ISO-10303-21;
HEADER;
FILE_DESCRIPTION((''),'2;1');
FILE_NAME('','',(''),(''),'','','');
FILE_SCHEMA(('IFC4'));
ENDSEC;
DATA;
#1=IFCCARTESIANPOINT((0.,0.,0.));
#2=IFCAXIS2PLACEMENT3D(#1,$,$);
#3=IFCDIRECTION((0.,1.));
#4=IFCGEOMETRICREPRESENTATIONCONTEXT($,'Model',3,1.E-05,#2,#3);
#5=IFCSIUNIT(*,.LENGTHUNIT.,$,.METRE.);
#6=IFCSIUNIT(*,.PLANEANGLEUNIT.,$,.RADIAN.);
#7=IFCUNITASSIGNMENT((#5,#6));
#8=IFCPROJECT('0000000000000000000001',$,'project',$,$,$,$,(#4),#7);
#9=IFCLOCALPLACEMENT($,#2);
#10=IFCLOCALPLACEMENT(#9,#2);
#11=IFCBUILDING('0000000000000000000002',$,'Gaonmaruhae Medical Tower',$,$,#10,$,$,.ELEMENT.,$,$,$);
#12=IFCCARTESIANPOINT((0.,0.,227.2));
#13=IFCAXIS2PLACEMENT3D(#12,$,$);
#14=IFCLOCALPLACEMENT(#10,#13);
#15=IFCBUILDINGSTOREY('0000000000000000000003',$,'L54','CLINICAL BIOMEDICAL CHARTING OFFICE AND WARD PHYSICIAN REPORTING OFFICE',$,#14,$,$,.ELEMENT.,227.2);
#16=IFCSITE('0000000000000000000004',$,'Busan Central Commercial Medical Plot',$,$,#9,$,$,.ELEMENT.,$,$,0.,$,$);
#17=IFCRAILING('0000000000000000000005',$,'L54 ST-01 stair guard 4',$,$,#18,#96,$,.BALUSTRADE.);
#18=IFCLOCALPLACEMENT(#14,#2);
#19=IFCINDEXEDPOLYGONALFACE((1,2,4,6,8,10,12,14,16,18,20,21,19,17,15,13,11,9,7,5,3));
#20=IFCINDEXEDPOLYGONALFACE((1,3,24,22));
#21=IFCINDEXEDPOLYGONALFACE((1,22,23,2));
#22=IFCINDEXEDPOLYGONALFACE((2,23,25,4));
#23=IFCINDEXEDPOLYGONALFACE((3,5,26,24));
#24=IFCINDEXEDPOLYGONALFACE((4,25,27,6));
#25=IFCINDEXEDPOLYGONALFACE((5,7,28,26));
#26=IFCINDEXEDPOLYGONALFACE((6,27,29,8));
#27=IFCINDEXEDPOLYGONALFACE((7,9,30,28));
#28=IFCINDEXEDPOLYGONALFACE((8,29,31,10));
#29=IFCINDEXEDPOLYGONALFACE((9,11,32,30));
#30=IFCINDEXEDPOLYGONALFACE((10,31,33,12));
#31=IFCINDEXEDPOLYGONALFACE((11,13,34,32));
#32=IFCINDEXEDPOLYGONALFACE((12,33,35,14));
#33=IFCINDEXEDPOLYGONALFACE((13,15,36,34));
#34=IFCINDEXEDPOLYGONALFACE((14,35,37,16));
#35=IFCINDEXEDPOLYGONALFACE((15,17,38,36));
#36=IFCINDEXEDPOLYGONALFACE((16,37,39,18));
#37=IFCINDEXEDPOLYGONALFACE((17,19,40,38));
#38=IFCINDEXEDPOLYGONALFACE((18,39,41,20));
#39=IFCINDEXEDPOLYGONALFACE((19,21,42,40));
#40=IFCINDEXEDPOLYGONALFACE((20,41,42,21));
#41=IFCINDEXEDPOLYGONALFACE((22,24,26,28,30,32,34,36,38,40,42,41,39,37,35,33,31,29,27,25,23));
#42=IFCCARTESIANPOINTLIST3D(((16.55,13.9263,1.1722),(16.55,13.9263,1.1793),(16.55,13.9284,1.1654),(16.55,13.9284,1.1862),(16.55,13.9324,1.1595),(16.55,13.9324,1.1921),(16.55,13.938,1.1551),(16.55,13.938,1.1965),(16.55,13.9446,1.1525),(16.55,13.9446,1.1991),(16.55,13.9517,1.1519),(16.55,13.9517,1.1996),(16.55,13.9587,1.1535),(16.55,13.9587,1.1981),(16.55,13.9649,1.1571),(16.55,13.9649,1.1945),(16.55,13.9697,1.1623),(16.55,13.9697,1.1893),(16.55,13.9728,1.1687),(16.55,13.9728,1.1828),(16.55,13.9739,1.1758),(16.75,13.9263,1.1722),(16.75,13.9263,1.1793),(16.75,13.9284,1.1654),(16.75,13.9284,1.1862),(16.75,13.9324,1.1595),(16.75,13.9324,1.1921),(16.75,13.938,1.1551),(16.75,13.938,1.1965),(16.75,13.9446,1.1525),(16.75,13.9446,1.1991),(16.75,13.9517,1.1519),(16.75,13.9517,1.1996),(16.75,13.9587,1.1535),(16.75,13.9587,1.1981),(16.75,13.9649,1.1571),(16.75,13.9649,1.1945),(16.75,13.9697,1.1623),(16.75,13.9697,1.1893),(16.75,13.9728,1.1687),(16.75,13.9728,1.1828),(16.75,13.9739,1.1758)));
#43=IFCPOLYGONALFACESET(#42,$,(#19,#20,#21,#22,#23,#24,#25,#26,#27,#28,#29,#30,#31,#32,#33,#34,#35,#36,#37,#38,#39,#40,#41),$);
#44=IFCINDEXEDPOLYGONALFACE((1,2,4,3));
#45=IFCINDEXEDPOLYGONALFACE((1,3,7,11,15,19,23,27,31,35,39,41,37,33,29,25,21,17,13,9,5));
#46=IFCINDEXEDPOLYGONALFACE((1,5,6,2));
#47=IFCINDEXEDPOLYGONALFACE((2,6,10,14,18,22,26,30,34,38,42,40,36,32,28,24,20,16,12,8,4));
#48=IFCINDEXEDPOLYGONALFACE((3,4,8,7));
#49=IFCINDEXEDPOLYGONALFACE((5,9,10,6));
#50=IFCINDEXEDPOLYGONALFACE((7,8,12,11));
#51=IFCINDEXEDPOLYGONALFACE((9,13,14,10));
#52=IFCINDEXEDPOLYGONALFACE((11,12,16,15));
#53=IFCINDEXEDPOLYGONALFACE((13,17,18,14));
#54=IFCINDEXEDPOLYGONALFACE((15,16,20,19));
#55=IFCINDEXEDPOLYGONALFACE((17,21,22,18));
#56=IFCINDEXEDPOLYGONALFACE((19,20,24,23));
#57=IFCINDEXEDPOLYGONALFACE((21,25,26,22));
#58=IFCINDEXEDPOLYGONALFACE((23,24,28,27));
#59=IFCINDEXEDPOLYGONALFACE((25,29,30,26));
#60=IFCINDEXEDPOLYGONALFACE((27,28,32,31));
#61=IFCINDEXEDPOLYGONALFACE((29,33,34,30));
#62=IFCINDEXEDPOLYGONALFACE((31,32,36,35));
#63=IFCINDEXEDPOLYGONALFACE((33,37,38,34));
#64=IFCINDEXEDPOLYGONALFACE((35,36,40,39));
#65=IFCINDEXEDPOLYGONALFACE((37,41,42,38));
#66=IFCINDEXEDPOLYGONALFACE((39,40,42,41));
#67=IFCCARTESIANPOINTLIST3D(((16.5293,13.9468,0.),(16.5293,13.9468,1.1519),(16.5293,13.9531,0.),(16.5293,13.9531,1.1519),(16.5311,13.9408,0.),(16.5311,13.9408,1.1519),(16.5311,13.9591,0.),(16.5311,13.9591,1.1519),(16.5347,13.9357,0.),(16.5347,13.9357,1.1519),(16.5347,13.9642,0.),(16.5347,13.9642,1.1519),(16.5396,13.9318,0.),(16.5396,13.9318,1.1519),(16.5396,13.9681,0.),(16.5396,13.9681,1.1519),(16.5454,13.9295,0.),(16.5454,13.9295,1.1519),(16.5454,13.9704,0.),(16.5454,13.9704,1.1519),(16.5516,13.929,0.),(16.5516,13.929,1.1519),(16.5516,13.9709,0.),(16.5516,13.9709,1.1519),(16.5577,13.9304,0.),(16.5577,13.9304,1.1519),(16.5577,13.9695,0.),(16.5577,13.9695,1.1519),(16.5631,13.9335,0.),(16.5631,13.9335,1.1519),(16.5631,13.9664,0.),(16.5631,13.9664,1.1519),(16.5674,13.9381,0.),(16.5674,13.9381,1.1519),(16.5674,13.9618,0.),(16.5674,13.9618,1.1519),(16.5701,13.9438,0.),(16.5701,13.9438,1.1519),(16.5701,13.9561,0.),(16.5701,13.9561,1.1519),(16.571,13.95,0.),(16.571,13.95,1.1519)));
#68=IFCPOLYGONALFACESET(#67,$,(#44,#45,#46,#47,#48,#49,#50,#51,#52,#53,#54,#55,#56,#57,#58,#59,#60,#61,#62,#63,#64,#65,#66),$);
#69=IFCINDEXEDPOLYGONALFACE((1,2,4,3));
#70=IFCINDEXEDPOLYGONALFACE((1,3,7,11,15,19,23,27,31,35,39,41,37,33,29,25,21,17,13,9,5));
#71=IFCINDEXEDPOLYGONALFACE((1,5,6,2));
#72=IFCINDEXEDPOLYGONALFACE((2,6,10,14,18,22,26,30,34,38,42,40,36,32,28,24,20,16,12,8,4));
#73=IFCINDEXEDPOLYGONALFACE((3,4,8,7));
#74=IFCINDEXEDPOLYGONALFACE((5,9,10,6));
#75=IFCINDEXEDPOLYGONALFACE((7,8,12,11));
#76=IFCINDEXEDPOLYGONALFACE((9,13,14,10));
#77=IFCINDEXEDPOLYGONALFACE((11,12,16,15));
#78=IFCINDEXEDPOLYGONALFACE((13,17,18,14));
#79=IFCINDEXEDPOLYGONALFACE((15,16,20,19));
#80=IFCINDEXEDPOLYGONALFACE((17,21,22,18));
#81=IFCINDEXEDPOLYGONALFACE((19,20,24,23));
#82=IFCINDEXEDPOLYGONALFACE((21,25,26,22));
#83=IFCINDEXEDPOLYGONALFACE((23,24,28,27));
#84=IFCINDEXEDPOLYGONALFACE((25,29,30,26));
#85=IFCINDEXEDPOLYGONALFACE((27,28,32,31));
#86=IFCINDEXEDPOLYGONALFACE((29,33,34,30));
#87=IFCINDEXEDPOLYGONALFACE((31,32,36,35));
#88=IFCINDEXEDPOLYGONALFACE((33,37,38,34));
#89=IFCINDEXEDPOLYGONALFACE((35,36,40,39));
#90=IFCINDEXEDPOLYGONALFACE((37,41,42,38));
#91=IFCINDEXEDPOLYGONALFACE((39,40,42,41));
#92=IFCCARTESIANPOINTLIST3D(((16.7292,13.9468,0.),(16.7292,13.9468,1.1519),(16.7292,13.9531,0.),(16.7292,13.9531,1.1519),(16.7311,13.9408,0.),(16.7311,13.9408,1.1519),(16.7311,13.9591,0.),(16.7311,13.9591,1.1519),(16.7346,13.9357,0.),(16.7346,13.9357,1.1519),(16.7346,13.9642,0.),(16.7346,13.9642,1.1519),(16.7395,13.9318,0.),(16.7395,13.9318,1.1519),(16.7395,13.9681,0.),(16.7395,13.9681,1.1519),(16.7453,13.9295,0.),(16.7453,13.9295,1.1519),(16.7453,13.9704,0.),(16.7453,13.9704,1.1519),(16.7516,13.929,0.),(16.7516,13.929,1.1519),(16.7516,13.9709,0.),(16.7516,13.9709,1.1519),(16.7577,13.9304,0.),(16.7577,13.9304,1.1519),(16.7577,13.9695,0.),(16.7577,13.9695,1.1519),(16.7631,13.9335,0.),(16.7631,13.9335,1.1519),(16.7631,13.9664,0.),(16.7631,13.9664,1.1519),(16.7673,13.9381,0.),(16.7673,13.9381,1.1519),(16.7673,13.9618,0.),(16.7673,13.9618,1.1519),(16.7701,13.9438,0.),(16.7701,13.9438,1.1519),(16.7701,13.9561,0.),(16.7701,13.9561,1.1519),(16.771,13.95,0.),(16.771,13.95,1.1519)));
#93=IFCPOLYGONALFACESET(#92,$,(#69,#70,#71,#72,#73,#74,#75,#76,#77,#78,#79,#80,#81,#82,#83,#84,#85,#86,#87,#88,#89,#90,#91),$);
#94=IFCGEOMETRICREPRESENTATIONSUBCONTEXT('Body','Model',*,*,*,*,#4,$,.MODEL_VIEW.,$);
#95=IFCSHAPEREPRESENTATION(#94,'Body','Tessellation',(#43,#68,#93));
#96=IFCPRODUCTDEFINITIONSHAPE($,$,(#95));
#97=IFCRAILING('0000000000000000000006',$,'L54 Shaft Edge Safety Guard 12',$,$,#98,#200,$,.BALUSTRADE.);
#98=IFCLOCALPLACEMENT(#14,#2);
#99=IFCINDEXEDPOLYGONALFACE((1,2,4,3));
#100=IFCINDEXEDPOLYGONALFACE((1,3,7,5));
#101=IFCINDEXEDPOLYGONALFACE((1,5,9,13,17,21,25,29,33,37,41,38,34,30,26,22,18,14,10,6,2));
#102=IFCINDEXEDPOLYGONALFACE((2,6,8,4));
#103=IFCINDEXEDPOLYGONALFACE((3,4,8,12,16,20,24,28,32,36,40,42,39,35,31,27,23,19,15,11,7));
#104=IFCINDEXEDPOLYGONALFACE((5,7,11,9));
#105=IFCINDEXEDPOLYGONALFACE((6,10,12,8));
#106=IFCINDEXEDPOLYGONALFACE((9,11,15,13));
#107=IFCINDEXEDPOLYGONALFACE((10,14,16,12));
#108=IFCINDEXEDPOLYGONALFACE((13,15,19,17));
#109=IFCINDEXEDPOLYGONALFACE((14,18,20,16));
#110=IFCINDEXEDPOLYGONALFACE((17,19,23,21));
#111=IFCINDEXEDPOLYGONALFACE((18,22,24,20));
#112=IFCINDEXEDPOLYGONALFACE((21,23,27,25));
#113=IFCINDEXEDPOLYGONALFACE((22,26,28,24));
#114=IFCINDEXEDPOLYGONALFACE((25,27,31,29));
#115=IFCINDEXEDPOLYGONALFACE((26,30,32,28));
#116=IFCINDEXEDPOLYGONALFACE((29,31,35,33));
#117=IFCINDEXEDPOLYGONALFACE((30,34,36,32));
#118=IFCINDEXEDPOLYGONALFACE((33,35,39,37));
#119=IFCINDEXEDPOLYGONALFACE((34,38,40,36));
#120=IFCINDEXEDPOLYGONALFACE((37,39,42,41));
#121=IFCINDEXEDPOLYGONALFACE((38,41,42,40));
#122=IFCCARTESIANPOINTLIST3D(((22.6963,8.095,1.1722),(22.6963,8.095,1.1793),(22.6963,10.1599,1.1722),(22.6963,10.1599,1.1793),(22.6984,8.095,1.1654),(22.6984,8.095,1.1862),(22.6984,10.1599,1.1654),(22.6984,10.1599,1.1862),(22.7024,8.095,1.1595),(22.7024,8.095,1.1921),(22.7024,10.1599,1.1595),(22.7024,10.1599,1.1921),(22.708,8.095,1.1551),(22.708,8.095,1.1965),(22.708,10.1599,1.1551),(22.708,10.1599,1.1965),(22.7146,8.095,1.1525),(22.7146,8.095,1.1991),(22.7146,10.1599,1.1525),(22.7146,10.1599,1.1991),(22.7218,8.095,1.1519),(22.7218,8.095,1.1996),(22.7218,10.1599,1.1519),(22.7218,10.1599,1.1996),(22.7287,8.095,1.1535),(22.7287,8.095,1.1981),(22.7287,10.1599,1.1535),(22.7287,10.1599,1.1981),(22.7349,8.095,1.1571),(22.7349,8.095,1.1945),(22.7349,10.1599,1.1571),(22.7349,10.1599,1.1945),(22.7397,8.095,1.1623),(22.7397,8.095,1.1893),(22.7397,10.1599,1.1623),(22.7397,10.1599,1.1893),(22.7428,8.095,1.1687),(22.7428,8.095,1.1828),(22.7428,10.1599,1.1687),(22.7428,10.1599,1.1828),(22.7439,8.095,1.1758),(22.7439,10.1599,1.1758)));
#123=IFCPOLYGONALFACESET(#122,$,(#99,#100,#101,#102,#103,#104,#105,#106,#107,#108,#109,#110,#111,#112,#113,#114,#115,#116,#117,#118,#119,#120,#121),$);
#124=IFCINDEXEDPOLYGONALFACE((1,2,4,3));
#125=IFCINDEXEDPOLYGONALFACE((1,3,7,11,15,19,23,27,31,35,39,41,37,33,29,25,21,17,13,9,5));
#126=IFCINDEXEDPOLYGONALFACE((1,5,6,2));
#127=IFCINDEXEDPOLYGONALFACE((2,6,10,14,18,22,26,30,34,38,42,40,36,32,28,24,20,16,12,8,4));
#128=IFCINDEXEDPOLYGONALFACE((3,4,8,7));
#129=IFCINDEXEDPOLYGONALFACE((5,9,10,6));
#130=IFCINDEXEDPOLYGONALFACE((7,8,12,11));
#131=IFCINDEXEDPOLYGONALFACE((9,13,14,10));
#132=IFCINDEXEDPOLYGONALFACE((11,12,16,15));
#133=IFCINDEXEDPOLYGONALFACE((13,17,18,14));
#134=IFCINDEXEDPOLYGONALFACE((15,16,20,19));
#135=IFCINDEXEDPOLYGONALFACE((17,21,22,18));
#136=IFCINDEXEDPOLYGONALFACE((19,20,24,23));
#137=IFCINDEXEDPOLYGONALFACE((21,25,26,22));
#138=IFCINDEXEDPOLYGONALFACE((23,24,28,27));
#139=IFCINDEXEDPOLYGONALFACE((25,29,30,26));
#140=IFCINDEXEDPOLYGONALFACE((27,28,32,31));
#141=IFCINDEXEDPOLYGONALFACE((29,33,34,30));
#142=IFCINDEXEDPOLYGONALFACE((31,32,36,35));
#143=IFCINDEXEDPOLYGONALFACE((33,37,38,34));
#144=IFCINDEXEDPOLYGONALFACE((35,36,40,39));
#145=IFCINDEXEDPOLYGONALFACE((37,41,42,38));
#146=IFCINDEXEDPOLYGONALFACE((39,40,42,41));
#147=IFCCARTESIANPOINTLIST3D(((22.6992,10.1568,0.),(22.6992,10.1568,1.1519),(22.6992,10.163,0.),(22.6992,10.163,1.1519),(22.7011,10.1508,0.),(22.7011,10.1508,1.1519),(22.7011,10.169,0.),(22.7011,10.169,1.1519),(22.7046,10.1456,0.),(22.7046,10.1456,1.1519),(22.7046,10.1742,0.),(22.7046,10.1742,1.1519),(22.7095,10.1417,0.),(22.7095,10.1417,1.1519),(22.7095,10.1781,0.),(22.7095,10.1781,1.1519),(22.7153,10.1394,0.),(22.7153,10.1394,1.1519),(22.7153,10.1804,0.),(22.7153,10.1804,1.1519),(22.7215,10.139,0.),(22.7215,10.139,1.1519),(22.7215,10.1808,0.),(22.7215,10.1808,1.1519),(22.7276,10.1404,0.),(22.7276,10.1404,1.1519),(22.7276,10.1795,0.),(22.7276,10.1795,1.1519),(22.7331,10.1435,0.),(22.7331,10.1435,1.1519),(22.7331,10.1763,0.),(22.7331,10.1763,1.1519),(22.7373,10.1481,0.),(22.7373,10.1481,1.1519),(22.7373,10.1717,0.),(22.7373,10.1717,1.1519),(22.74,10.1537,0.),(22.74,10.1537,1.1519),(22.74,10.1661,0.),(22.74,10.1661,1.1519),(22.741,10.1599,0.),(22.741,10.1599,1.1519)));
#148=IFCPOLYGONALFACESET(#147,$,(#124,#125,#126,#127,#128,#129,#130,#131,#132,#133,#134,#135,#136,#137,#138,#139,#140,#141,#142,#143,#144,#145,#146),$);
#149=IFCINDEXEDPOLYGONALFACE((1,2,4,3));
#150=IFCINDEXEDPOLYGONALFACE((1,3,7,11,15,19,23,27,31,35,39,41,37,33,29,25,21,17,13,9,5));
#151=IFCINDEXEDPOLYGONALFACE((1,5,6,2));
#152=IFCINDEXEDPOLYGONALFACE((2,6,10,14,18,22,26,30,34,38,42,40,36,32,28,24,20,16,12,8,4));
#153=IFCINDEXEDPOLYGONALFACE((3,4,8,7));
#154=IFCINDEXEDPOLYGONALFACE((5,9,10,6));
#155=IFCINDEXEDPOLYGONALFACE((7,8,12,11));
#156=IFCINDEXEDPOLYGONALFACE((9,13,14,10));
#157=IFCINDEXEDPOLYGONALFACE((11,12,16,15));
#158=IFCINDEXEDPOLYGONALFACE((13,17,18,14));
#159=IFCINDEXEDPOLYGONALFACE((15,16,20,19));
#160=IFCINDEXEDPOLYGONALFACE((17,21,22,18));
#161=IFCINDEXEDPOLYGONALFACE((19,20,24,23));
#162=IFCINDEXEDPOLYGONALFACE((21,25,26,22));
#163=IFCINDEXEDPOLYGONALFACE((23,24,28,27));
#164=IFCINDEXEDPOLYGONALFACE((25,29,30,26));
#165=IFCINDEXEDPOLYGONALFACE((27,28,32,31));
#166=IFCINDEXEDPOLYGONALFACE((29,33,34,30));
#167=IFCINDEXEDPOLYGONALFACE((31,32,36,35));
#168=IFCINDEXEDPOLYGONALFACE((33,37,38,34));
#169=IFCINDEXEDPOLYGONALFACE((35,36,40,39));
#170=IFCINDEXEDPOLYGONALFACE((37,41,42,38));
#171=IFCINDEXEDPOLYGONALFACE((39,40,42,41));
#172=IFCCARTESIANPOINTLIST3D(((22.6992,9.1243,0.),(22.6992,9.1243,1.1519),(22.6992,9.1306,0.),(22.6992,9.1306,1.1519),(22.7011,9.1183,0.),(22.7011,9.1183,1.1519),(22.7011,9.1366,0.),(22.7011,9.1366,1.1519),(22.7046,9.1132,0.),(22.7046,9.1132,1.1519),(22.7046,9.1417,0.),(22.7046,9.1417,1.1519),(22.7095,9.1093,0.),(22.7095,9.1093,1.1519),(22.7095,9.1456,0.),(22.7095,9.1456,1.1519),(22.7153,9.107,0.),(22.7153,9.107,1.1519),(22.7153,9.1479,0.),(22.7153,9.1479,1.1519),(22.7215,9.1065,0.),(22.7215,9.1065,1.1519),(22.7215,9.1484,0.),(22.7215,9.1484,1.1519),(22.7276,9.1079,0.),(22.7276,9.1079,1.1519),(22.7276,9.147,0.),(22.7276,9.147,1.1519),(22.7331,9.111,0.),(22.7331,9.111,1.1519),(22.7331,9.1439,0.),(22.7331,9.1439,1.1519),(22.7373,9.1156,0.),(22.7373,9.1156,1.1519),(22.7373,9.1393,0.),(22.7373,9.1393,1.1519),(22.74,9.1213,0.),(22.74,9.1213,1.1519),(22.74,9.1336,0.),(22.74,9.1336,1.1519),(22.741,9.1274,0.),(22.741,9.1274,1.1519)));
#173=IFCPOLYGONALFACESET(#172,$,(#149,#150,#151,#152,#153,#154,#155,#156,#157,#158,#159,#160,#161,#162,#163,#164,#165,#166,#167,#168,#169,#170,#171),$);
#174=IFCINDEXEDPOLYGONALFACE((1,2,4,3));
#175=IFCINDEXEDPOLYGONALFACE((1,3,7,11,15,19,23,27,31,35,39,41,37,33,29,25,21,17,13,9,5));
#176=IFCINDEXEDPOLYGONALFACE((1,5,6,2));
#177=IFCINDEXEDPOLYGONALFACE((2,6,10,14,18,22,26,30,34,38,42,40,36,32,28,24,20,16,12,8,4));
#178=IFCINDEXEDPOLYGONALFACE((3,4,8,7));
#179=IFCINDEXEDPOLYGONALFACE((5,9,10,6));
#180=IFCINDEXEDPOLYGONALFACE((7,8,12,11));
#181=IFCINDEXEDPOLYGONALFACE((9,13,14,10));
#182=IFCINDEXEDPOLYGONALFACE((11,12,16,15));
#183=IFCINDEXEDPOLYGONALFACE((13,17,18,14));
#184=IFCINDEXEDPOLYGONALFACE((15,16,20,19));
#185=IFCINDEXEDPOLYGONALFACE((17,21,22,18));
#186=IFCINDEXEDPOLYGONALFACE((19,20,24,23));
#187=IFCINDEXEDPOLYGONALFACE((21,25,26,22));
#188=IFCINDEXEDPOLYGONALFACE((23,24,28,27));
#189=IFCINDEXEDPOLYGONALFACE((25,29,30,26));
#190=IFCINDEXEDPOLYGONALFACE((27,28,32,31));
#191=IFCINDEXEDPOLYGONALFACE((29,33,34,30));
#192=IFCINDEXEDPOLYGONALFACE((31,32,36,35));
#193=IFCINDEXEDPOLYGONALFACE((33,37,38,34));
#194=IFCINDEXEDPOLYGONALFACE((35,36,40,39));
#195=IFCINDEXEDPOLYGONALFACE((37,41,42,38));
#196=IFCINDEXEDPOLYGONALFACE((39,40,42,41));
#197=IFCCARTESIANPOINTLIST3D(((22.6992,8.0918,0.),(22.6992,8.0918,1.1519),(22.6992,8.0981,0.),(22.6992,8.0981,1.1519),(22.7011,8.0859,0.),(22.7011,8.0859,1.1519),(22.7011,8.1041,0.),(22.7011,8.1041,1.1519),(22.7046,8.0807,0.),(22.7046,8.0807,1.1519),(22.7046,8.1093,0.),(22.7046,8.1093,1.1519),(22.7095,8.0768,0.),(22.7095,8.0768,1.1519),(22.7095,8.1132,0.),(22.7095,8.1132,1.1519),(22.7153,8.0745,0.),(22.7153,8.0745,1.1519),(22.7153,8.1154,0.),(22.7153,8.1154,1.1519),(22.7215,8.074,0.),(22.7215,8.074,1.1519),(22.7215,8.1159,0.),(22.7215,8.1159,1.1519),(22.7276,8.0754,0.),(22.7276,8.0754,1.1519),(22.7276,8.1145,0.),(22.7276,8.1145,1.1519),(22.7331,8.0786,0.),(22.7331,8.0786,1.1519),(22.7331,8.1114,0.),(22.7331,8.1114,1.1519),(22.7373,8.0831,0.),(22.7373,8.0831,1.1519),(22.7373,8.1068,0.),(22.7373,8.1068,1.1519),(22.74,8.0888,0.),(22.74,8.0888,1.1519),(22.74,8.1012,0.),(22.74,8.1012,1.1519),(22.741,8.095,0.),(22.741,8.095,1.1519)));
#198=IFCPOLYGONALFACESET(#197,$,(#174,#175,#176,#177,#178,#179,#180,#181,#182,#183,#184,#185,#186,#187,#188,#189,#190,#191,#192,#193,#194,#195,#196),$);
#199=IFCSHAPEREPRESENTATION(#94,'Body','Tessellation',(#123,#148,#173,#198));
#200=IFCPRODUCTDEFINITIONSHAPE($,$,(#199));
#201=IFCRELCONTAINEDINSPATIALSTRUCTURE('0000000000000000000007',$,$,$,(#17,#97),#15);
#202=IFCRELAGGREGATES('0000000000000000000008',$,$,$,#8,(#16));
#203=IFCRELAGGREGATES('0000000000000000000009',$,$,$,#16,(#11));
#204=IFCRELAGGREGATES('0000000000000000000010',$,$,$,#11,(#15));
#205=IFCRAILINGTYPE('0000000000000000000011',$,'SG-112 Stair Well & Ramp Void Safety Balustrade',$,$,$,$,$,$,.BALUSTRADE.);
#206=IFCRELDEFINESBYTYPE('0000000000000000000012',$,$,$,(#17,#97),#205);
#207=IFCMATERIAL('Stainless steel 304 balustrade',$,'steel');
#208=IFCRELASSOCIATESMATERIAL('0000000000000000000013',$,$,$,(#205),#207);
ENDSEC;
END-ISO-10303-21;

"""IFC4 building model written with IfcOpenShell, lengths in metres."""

from ifc_helpers import new_model, si_unit, direction, frame, origin, origin_2d, place, context, subcontext, project, spatial, circle, extrude, material, type_object, element, save


model = new_model("IFC4")

# Units and contexts
model_context = context("Model", 3, precision=1e-05, world=origin(), true_north=direction((0.0, 1.0)))
body_context = subcontext(model_context, "Body", "Model", "MODEL_VIEW")
ifc_project = project(units=[si_unit("LENGTHUNIT", "METRE"), si_unit("PLANEANGLEUNIT", "RADIAN")], contexts=[model_context])

# Site, building, storey
site_placement = place(None, origin())
site = spatial("IfcSite", under=ifc_project, at=site_placement, Name="Busan Central Commercial Medical Plot", CompositionType="ELEMENT", RefElevation=0.0)
building_placement = place(site_placement, origin())
building = spatial("IfcBuilding", under=site, at=building_placement, Name="Gaonmaruhae Medical Tower", CompositionType="ELEMENT")
storey_placement = place(building_placement, frame((0.0, 0.0, 227.2)))
storey = spatial("IfcBuildingStorey", under=building, at=storey_placement, Name="L54", Description="CLINICAL BIOMEDICAL CHARTING OFFICE AND WARD PHYSICIAN REPORTING OFFICE", CompositionType="ELEMENT", Elevation=227.2)

# Railings
ifc_material_1 = material(Name="Stainless steel 304 balustrade", Category="steel")
railing_type_1 = type_object("IfcRailingType", Name="SG-112 Stair Well & Ramp Void Safety Balustrade", PredefinedType="BALUSTRADE", material=ifc_material_1)
railing_1_placement = place(storey_placement, frame((16.55, 13.95, 0.0)))
element("IfcRailing", 1, at=railing_1_placement, inside=storey, type_object=railing_type_1, Name="L54 ST-01 stair guard 4", PredefinedType="BALUSTRADE", context=body_context, shape_type="SweptSolid", body=[
    extrude(circle(Radius=0.0239, at=origin_2d()), frame((0.0, 0.0, 1.1758), z_axis=(1.0, 0.0, 0.0), x_axis=(0.0, 1.0, 0.0)), (0.0, 0.0, 1.0), 0.2),
    extrude(circle(Radius=0.021, at=origin_2d()), origin(), (0.0, 0.0, 1.0), 1.1519),
    extrude(circle(Radius=0.021, at=origin_2d()), frame((0.2, 0.0, 0.0)), (0.0, 0.0, 1.0), 1.1519),
])
railing_2_placement = place(storey_placement, frame((22.72, 10.1599, 0.0)))
element("IfcRailing", 2, at=railing_2_placement, inside=storey, type_object=railing_type_1, Name="L54 Shaft Edge Safety Guard 12", PredefinedType="BALUSTRADE", context=body_context, shape_type="SweptSolid", body=[
    extrude(circle(Radius=0.0239, at=origin_2d()), frame((0.0, 0.0, 1.1758), z_axis=(0.0, -1.0, 0.0), x_axis=(1.0, 0.0, 0.0)), (0.0, 0.0, 1.0), 2.0649),
    extrude(circle(Radius=0.021, at=origin_2d()), origin(), (0.0, 0.0, 1.0), 1.1519),
    extrude(circle(Radius=0.021, at=origin_2d()), frame((0.0, -1.0325, 0.0)), (0.0, 0.0, 1.0), 1.1519),
    extrude(circle(Radius=0.021, at=origin_2d()), frame((0.0, -2.0649, 0.0)), (0.0, 0.0, 1.0), 1.1519),
])

save(model, "model.ifc")
